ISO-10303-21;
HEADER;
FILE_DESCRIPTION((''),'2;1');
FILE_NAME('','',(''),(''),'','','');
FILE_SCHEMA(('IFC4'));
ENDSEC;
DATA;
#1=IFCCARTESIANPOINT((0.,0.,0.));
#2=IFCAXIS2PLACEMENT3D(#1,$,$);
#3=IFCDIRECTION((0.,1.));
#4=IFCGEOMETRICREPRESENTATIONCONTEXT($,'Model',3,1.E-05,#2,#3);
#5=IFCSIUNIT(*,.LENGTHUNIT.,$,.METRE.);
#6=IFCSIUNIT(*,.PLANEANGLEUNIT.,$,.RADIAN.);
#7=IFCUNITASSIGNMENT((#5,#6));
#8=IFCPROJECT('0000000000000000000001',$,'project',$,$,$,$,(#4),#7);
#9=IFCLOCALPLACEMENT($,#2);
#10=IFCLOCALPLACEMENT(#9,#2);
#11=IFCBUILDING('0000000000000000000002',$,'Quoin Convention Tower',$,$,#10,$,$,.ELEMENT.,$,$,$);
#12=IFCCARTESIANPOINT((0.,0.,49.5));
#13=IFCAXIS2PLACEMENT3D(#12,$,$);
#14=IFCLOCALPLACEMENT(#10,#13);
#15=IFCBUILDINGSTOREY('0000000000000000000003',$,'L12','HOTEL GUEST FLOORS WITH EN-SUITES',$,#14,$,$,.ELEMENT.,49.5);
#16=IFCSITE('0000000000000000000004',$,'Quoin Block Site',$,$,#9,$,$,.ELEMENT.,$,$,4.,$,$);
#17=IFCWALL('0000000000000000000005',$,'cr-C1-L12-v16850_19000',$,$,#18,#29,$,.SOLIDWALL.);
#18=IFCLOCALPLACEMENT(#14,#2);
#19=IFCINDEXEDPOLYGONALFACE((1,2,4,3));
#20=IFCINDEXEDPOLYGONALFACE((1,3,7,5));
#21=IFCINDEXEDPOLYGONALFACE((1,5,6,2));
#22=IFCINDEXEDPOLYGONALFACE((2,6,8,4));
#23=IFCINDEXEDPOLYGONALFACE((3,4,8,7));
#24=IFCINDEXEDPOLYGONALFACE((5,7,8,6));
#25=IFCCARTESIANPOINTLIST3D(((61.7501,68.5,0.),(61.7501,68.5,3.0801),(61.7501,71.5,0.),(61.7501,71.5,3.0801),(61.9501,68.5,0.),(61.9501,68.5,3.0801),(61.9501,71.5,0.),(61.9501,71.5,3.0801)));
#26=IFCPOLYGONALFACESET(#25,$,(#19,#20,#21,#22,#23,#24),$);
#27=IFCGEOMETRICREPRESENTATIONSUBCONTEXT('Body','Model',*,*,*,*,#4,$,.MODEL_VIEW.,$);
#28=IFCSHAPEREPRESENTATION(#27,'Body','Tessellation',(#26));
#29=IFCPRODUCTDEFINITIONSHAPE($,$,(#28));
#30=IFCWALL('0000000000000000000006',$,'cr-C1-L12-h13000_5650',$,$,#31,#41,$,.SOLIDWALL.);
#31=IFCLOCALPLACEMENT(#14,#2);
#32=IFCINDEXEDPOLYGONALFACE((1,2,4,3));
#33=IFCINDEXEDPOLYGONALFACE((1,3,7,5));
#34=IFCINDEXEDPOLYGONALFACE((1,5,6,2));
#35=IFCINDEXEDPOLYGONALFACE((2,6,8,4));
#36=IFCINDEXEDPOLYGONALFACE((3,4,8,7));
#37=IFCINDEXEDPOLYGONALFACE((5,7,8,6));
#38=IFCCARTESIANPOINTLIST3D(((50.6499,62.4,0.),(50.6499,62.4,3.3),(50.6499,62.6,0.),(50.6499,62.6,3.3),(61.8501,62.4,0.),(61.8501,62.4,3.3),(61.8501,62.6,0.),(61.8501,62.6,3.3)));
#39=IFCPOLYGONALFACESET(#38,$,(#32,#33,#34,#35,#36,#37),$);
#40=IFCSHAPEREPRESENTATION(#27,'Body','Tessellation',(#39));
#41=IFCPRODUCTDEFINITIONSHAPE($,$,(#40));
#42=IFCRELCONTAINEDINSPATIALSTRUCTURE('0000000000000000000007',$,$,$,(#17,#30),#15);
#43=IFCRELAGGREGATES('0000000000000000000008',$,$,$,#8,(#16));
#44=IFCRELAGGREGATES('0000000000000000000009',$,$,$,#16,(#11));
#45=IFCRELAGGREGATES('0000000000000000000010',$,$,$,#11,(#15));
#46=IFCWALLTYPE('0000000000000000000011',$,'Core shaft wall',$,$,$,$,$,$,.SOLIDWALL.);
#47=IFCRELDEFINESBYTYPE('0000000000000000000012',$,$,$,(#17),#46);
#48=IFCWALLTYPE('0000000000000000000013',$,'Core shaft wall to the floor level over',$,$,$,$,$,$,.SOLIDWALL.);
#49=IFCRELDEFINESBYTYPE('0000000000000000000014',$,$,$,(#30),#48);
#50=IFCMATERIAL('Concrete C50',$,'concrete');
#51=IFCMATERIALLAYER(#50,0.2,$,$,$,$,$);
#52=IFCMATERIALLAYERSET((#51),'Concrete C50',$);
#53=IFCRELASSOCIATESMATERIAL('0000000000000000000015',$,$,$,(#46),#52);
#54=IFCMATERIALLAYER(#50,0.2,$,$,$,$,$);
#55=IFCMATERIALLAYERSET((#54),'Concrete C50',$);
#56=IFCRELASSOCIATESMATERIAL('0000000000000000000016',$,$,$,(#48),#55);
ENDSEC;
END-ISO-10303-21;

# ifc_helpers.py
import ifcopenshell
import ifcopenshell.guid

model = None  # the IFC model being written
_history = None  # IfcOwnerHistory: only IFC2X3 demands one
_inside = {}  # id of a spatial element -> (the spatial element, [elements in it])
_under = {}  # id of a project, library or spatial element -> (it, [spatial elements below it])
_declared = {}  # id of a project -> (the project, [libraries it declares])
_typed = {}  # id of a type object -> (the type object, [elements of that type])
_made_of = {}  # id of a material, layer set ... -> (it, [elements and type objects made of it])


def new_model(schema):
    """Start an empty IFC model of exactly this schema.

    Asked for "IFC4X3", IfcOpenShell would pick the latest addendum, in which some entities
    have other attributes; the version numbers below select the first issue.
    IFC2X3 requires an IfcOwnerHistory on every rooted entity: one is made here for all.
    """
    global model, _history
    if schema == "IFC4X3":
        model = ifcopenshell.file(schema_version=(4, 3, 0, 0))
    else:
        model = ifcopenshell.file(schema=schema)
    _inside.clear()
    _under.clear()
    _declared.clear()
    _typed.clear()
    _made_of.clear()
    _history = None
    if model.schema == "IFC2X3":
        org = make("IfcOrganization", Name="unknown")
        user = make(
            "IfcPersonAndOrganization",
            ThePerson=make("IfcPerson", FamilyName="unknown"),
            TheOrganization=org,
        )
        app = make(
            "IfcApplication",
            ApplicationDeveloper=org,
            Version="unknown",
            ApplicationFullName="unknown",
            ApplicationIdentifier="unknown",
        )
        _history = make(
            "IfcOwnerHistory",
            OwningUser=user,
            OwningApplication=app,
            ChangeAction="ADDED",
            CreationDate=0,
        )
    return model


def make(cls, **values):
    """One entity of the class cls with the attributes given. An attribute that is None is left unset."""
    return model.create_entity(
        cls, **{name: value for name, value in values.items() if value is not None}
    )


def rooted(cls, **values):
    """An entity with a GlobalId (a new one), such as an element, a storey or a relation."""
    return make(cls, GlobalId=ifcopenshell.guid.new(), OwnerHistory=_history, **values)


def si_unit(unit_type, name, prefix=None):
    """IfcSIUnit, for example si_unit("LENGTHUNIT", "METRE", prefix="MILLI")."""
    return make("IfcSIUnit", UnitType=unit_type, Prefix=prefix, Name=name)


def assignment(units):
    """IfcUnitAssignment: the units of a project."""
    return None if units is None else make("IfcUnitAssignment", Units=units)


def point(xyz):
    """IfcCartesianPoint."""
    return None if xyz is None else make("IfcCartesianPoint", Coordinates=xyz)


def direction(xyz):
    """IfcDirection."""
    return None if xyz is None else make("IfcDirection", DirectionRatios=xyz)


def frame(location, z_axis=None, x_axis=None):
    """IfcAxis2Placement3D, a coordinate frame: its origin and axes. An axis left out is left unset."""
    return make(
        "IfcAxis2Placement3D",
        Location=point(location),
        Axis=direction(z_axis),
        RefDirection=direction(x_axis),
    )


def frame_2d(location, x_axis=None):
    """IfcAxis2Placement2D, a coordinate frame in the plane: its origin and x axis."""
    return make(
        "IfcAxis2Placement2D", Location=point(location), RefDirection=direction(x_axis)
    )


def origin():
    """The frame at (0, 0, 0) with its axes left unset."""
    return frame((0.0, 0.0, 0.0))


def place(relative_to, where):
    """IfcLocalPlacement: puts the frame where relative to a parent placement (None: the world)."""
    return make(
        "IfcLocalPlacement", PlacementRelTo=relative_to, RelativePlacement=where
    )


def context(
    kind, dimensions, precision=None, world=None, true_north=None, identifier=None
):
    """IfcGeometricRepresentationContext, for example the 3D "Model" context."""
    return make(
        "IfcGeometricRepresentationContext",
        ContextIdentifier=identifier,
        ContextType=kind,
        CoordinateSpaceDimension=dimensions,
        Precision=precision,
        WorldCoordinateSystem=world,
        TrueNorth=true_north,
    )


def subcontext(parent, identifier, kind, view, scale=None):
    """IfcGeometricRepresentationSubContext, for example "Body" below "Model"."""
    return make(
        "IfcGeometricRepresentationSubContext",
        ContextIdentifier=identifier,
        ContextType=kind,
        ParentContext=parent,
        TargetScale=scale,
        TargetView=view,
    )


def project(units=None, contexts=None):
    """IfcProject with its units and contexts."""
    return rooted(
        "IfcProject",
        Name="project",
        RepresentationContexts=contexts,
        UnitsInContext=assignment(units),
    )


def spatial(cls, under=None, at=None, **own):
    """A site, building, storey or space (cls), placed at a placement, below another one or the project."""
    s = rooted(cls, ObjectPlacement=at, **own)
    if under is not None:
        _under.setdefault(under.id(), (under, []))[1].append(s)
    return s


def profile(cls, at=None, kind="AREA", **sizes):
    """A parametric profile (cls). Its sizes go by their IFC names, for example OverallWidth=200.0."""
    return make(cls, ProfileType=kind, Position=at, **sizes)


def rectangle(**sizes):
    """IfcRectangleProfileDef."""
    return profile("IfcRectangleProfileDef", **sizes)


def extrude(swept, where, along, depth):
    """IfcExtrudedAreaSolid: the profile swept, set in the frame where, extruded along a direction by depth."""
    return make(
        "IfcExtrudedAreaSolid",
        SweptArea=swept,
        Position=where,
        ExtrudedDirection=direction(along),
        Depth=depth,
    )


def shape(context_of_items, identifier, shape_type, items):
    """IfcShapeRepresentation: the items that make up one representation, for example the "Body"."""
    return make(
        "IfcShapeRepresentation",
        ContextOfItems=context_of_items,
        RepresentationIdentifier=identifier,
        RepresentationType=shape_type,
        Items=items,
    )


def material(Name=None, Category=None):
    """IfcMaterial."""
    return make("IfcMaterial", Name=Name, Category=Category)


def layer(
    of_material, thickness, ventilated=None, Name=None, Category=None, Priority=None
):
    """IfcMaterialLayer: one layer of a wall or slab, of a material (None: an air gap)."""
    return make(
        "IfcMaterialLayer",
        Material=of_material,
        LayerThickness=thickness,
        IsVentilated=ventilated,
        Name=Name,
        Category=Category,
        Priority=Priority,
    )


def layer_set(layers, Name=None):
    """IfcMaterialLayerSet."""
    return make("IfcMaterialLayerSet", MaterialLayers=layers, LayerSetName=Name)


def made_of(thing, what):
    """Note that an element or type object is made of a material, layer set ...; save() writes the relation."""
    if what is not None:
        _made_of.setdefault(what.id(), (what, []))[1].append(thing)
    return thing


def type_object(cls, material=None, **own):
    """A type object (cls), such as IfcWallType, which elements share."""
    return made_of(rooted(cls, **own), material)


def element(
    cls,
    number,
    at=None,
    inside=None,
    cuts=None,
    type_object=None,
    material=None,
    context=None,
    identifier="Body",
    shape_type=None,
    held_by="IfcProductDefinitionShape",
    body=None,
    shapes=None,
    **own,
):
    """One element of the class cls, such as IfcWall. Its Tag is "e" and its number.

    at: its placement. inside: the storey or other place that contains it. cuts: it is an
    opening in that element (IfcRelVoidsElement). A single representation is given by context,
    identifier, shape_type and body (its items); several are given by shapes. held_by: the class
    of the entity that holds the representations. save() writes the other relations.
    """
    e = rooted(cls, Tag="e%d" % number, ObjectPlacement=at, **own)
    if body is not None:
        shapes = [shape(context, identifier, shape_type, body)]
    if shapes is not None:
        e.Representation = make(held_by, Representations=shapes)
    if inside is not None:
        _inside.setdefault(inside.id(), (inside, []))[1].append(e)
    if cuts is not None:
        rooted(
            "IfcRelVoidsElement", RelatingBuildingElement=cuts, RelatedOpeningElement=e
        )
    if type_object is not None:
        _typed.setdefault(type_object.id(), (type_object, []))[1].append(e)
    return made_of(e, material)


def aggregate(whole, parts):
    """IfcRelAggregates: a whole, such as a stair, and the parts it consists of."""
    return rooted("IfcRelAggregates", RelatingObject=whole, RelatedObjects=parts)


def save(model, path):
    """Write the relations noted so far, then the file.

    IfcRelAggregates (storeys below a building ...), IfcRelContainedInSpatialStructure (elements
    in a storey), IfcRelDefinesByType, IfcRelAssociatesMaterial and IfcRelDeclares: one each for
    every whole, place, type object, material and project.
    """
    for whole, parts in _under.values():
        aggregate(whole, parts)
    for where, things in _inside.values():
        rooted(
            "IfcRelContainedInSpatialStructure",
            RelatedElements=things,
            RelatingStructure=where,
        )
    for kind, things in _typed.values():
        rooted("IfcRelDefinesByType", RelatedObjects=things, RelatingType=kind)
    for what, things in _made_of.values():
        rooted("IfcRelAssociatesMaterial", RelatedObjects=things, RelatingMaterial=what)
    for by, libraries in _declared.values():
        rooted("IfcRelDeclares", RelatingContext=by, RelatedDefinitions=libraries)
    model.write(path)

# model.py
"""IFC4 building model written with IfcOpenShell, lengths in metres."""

from ifc_helpers import new_model, si_unit, direction, frame, frame_2d, origin, place, context, subcontext, project, spatial, rectangle, extrude, material, layer, layer_set, type_object, element, save


model = new_model("IFC4")

# Units and contexts
model_context = context("Model", 3, precision=1e-05, world=origin(), true_north=direction((0.0, 1.0)))
body_context = subcontext(model_context, "Body", "Model", "MODEL_VIEW")
ifc_project = project(units=[si_unit("LENGTHUNIT", "METRE"), si_unit("PLANEANGLEUNIT", "RADIAN")], contexts=[model_context])

# Site, building, storey
site_placement = place(None, origin())
site = spatial("IfcSite", under=ifc_project, at=site_placement, Name="Quoin Block Site", CompositionType="ELEMENT", RefElevation=4.0)
building_placement = place(site_placement, origin())
building = spatial("IfcBuilding", under=site, at=building_placement, Name="Quoin Convention Tower", CompositionType="ELEMENT")
storey_placement = place(building_placement, frame((0.0, 0.0, 49.5)))
storey = spatial("IfcBuildingStorey", under=building, at=storey_placement, Name="L12", Description="HOTEL GUEST FLOORS WITH EN-SUITES", CompositionType="ELEMENT", Elevation=49.5)

# Shared definitions
ifc_material_1 = material(Name="Concrete C50", Category="concrete")
ifc_layer_1 = layer(ifc_material_1, 0.2)
ifc_layer_set_1 = layer_set([ifc_layer_1], Name="Concrete C50")
wall_type_1 = type_object("IfcWallType", Name="Core shaft wall", PredefinedType="SOLIDWALL", material=ifc_layer_set_1)

# Walls
for number, where, z_axis, x_axis, name in (
    (1, (61.8501, 68.5, 0.0), (0.0, 0.0, 1.0), (0.0, 1.0, 0.0), "cr-C1-L12-v16850_19000"),
):
    element("IfcWall", number, at=place(storey_placement, frame(where, z_axis=z_axis, x_axis=x_axis)), inside=storey, type_object=wall_type_1, Name=name, PredefinedType="SOLIDWALL", context=body_context, shape_type="SweptSolid", body=[
        extrude(rectangle(XDim=3.0, YDim=0.2, at=frame_2d((1.5, 0.0))), origin(), (0.0, 0.0, 1.0), 3.0801),
    ])
ifc_layer_2 = layer(ifc_material_1, 0.2)
ifc_layer_set_2 = layer_set([ifc_layer_2], Name="Concrete C50")
wall_type_2 = type_object("IfcWallType", Name="Core shaft wall to the floor level over", PredefinedType="SOLIDWALL", material=ifc_layer_set_2)
wall_1_placement = place(storey_placement, frame((50.6499, 62.5, 0.0), z_axis=(0.0, 0.0, 1.0), x_axis=(1.0, 0.0, 0.0)))
element("IfcWall", 2, at=wall_1_placement, inside=storey, type_object=wall_type_2, Name="cr-C1-L12-h13000_5650", PredefinedType="SOLIDWALL", context=body_context, shape_type="SweptSolid", body=[
    extrude(rectangle(XDim=11.2002, YDim=0.2, at=frame_2d((5.6001, 0.0))), origin(), (0.0, 0.0, 1.0), 3.3),
])

save(model, "model.ifc")
